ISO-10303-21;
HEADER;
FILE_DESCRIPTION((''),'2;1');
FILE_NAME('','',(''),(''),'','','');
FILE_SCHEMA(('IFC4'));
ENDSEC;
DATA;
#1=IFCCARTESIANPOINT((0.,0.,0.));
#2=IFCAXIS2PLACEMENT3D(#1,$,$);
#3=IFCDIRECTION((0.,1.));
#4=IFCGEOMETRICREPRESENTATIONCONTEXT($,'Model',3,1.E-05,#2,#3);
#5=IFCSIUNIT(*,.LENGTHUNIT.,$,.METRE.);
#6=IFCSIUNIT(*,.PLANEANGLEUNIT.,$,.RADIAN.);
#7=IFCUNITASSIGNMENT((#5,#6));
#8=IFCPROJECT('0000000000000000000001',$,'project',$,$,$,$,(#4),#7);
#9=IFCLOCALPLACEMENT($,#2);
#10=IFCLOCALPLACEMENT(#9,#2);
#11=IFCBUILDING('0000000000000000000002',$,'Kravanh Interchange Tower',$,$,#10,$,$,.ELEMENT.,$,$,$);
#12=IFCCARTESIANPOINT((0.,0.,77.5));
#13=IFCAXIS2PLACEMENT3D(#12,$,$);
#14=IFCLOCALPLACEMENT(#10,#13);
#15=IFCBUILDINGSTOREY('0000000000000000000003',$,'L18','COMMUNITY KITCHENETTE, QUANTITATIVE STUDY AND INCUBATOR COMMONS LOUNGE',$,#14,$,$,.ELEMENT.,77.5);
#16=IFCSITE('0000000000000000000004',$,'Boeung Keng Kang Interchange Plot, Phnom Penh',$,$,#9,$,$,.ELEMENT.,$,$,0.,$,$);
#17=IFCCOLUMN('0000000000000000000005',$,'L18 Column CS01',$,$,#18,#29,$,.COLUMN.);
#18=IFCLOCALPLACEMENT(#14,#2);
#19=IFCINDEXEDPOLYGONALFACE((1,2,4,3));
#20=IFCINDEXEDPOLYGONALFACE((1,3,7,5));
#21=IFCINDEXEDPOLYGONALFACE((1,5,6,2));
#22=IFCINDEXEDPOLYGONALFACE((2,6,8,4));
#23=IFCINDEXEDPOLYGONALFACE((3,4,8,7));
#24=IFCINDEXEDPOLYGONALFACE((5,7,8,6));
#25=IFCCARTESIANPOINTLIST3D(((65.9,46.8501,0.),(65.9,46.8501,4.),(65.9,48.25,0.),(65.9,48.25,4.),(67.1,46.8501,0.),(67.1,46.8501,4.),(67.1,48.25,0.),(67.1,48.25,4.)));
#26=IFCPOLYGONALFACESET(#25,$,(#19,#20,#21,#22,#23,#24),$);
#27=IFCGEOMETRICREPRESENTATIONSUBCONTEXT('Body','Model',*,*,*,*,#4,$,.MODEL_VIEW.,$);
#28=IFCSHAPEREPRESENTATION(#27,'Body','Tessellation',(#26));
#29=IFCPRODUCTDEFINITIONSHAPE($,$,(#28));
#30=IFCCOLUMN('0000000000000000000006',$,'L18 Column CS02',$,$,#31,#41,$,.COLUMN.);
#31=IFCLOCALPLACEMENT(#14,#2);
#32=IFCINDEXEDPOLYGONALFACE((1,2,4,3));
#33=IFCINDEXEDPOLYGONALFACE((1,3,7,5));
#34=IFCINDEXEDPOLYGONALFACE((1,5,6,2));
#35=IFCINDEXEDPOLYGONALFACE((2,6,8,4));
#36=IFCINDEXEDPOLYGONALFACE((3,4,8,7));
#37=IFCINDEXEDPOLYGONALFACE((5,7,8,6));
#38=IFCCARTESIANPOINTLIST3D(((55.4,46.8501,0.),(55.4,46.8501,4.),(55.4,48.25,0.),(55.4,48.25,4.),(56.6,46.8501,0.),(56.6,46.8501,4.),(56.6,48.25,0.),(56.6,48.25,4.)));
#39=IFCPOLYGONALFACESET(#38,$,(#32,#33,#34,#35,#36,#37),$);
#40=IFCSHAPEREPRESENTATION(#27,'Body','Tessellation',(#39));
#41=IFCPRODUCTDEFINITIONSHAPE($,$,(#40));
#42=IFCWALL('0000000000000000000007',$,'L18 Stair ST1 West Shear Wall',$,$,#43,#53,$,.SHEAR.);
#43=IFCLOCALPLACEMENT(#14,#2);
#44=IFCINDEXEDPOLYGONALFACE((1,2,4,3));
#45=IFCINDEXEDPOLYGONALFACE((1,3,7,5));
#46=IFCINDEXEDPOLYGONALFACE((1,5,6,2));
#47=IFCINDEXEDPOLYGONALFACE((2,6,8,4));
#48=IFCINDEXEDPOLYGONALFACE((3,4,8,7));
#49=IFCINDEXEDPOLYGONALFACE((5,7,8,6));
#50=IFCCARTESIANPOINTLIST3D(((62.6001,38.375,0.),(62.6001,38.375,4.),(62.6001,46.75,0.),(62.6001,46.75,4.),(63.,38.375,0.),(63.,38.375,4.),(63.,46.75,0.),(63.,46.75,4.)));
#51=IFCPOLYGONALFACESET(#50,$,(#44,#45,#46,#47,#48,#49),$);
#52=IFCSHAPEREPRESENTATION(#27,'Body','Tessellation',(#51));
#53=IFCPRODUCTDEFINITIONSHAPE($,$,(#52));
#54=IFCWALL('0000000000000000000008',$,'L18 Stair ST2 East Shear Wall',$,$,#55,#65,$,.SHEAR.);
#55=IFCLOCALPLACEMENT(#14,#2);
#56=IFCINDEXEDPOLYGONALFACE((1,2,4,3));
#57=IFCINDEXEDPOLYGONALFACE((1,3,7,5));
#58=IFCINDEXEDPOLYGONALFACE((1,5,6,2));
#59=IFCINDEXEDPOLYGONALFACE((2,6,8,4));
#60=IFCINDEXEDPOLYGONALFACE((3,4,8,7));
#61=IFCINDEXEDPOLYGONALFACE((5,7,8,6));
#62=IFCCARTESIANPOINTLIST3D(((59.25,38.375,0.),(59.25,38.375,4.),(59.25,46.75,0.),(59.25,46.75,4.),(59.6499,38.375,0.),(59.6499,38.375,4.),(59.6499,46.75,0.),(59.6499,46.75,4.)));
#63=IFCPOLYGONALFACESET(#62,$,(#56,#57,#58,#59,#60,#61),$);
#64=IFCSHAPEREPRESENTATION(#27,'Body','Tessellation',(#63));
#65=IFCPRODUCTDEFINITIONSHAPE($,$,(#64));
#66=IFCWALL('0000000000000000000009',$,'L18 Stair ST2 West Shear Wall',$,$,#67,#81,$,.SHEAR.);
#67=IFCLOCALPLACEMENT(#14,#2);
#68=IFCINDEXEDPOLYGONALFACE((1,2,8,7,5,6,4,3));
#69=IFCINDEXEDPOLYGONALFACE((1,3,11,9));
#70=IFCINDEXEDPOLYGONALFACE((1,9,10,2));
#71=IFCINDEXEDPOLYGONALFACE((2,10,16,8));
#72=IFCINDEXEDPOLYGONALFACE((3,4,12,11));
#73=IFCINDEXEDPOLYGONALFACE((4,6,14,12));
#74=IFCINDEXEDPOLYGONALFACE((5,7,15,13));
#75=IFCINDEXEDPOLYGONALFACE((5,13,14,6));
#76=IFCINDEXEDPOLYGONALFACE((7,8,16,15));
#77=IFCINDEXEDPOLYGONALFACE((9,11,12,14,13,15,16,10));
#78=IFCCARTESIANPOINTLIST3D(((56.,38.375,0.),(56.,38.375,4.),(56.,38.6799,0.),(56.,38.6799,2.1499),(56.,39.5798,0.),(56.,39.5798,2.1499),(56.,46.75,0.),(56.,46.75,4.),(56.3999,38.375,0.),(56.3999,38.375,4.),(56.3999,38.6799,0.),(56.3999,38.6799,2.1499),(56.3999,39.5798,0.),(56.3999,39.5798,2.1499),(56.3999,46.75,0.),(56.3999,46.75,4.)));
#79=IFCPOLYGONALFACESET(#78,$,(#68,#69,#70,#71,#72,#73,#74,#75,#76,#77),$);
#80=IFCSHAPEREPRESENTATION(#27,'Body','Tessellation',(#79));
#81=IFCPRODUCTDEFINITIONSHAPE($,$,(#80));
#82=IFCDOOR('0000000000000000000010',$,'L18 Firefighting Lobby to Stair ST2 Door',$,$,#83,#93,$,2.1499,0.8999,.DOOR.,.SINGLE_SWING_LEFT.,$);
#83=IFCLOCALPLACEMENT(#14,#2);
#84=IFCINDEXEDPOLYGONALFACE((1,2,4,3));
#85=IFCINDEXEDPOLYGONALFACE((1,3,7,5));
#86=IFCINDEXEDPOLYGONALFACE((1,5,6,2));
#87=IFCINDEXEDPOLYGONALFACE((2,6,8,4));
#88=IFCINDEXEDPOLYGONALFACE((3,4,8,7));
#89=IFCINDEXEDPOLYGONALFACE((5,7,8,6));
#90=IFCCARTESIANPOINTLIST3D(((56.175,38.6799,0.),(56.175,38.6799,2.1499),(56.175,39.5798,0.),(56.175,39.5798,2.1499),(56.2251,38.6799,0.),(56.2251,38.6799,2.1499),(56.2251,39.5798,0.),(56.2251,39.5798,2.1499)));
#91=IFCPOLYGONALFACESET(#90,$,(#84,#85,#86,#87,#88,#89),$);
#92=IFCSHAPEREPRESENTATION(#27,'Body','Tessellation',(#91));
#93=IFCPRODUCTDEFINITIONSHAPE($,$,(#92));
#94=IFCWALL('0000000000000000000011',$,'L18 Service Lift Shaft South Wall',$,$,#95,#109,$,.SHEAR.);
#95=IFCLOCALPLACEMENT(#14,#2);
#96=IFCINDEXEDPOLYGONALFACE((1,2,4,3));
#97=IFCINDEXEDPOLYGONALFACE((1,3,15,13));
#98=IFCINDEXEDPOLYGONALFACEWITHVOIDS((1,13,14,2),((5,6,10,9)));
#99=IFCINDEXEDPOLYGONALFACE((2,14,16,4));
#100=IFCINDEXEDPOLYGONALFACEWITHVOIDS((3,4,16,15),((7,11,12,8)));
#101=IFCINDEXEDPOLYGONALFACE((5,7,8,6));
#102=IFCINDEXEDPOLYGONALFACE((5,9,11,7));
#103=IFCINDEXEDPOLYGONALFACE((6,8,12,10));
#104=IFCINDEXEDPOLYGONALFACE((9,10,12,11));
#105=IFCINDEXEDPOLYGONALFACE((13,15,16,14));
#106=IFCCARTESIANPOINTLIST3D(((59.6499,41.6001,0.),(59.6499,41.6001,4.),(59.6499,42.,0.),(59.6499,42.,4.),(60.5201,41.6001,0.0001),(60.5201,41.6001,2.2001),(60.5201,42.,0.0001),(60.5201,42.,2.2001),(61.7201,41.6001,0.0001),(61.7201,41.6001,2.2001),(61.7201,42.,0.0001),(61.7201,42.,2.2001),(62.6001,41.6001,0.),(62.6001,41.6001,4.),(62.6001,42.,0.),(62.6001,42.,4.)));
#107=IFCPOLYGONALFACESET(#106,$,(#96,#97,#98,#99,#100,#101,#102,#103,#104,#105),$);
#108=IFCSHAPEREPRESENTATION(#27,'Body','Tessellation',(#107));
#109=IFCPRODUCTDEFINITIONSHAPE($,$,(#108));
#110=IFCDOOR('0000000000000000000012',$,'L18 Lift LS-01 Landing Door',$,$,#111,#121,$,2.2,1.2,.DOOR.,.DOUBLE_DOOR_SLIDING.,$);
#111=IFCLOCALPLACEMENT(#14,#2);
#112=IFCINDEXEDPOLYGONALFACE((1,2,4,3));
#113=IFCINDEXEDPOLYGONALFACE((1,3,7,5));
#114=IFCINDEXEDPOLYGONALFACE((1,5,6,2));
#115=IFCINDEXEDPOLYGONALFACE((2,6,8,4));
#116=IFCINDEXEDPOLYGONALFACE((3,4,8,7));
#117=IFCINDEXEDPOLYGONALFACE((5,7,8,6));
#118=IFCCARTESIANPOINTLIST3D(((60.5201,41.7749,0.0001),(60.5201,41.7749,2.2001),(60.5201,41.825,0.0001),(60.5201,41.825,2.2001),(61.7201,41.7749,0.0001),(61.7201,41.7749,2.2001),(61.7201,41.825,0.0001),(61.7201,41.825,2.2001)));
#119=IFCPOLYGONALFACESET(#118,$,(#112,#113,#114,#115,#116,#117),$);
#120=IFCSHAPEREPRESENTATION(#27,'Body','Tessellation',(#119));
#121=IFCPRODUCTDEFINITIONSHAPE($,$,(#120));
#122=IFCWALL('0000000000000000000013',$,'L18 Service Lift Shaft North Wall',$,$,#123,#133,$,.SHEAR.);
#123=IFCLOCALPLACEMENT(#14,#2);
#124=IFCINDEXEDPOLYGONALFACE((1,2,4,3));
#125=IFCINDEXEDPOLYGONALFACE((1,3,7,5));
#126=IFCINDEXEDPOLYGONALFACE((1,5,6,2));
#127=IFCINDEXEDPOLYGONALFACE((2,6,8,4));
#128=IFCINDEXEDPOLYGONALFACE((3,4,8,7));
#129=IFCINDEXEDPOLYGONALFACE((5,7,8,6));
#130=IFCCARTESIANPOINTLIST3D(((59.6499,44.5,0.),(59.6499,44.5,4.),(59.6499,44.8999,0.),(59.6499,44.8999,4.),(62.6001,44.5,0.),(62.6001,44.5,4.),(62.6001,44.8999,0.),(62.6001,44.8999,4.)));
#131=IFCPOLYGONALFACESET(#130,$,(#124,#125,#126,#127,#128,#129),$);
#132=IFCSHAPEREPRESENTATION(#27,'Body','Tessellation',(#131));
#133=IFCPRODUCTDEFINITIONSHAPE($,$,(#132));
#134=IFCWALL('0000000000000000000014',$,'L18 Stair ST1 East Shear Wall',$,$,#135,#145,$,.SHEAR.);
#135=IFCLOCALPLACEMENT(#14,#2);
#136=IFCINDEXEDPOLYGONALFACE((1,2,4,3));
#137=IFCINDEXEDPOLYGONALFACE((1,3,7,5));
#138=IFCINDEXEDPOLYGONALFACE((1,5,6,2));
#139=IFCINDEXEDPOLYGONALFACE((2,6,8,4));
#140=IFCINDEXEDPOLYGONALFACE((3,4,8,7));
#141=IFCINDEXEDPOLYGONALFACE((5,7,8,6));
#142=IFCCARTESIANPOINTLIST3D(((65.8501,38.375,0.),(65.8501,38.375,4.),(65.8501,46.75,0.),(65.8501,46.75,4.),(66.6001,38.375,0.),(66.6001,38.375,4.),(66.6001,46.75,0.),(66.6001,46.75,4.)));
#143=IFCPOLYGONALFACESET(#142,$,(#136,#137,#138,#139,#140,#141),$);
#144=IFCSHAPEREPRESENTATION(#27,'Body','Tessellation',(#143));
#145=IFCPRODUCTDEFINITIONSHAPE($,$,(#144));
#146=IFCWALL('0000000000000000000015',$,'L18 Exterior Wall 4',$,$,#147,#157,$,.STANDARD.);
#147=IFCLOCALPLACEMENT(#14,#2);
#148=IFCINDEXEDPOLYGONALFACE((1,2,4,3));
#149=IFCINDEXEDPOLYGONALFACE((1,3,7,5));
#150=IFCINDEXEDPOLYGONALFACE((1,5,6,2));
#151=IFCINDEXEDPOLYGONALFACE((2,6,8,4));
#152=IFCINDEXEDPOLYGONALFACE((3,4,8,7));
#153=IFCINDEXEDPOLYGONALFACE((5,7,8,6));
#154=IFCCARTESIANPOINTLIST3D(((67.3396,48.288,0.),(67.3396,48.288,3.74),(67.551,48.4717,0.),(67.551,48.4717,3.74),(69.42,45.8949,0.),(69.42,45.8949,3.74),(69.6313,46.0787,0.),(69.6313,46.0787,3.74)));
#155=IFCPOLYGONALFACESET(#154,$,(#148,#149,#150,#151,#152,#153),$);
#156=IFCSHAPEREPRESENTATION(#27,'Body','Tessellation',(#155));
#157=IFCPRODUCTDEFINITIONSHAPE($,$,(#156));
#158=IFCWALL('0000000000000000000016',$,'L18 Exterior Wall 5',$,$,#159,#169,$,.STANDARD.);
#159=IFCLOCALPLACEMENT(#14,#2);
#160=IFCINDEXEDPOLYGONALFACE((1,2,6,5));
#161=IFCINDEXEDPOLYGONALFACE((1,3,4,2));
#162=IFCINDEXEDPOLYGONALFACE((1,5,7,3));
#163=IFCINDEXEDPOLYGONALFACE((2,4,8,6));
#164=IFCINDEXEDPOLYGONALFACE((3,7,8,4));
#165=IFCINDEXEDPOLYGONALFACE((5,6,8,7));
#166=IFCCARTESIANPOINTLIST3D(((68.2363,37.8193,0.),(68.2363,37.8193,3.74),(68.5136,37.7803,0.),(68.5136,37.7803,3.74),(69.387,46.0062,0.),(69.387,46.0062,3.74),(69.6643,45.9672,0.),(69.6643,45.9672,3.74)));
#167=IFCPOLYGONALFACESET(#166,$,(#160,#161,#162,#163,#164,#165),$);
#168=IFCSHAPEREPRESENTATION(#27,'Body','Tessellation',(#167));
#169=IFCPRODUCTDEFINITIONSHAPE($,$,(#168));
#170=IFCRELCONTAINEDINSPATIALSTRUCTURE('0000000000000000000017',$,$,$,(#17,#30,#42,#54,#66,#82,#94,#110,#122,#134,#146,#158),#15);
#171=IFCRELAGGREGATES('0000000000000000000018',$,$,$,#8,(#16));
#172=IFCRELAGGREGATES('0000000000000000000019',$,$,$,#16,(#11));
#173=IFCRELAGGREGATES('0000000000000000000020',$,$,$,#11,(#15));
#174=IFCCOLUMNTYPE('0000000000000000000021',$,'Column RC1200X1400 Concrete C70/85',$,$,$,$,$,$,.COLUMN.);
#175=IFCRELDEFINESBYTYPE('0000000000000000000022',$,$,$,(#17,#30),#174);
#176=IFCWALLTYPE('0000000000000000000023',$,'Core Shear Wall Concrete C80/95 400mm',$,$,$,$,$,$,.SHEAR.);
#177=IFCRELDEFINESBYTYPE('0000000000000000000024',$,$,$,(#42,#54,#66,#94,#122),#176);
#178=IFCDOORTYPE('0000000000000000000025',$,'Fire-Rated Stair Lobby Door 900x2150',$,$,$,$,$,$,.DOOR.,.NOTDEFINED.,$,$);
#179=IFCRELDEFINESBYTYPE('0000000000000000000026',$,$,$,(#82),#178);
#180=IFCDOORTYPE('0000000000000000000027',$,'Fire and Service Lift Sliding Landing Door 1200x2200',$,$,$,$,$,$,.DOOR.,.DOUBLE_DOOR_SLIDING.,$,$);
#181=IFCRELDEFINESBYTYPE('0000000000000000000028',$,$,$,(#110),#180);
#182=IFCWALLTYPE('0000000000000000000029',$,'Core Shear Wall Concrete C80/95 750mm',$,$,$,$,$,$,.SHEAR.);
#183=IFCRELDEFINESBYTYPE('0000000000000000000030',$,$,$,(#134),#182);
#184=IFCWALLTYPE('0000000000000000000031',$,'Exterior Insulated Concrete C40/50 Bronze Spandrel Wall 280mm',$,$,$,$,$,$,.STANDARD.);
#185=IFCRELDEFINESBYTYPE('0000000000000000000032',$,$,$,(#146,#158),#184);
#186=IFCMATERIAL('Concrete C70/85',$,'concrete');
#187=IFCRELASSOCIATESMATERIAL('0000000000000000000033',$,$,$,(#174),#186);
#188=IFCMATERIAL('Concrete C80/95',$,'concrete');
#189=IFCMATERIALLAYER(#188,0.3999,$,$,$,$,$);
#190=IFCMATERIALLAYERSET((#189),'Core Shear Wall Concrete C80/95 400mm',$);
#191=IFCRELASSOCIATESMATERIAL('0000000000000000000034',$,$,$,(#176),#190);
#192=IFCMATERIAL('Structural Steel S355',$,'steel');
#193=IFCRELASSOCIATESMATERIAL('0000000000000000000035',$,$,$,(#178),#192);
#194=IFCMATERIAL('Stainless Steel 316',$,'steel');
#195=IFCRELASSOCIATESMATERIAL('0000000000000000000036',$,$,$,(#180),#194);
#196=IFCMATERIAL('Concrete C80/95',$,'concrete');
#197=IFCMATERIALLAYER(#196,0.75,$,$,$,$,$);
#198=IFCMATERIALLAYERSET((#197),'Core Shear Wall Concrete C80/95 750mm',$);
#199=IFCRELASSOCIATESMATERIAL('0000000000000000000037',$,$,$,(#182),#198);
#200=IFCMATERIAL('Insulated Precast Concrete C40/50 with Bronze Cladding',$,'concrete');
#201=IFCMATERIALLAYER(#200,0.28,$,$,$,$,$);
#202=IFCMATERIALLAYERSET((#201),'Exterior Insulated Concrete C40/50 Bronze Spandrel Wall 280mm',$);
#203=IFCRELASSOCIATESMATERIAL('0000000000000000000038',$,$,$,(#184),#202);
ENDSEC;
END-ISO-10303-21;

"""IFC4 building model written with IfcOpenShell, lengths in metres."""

from ifc_helpers import new_model, si_unit, direction, frame, frame_2d, origin, origin_2d, place, context, subcontext, project, spatial, rectangle, extrude, material, layer, layer_set, material_profile, profile_set, type_object, element, fill, save


model = new_model("IFC4")

# Units and contexts
model_context = context("Model", 3, precision=1e-05, world=origin(), true_north=direction((0.0, 1.0)))
body_context = subcontext(model_context, "Body", "Model", "MODEL_VIEW")
ifc_project = project(units=[si_unit("LENGTHUNIT", "METRE"), si_unit("PLANEANGLEUNIT", "RADIAN")], contexts=[model_context])

# Site, building, storey
site_placement = place(None, origin())
site = spatial("IfcSite", under=ifc_project, at=site_placement, Name="Boeung Keng Kang Interchange Plot, Phnom Penh", CompositionType="ELEMENT", RefElevation=0.0)
building_placement = place(site_placement, origin())
building = spatial("IfcBuilding", under=site, at=building_placement, Name="Kravanh Interchange Tower", CompositionType="ELEMENT")
storey_placement = place(building_placement, frame((0.0, 0.0, 77.5)))
storey = spatial("IfcBuildingStorey", under=building, at=storey_placement, Name="L18", Description="COMMUNITY KITCHENETTE, QUANTITATIVE STUDY AND INCUBATOR COMMONS LOUNGE", CompositionType="ELEMENT", Elevation=77.5)

# Columns
ifc_material_1 = material(Name="Concrete C70/85", Category="concrete")
ifc_material_profile = material_profile(ifc_material_1, rectangle(XDim=1.2, YDim=1.3999, at=origin_2d()), Name="RC1200X1400")
ifc_profile_set = profile_set([ifc_material_profile], Name="Concrete C70/85")
column_type = type_object("IfcColumnType", Name="Column RC1200X1400 Concrete C70/85", PredefinedType="COLUMN", material=ifc_profile_set)
for number, where, z_axis, x_axis, name in (
    (1, (66.5, 47.55, 0.0), (0.0, 0.0, 1.0), (1.0, 0.0, 0.0), "L18 Column CS01"),
    (2, (56.0, 47.55, 0.0), (0.0, 0.0, 1.0), (1.0, 0.0, 0.0), "L18 Column CS02"),
):
    element("IfcColumn", number, at=place(storey_placement, frame(where, z_axis=z_axis, x_axis=x_axis)), inside=storey, type_object=column_type, Name=name, PredefinedType="COLUMN", context=body_context, shape_type="SweptSolid", body=[
        extrude(rectangle(XDim=1.2, YDim=1.3999, at=origin_2d()), origin(), (0.0, 0.0, 1.0), 4.0),
    ])

# Walls
ifc_material_2 = material(Name="Concrete C80/95", Category="concrete")
ifc_layer_1 = layer(ifc_material_2, 0.3999)
ifc_layer_set_1 = layer_set([ifc_layer_1], Name="Core Shear Wall Concrete C80/95 400mm")
wall_type_1 = type_object("IfcWallType", Name="Core Shear Wall Concrete C80/95 400mm", PredefinedType="SHEAR", material=ifc_layer_set_1)
for number, where, z_axis, x_axis, name in (
    (3, (62.8, 38.375, 0.0), (0.0, 0.0, 1.0), (0.0, 1.0, 0.0), "L18 Stair ST1 West Shear Wall"),
    (4, (59.45, 38.375, 0.0), (0.0, 0.0, 1.0), (0.0, 1.0, 0.0), "L18 Stair ST2 East Shear Wall"),
):
    element("IfcWall", number, at=place(storey_placement, frame(where, z_axis=z_axis, x_axis=x_axis)), inside=storey, type_object=wall_type_1, Name=name, PredefinedType="SHEAR", context=body_context, shape_type="SweptSolid", body=[
        extrude(rectangle(XDim=8.375, YDim=0.3999, at=frame_2d((4.1875, 0.0))), origin(), (0.0, 0.0, 1.0), 4.0),
    ])

# Walls, openings, doors
wall_1_placement = place(storey_placement, frame((56.2, 38.375, 0.0), z_axis=(0.0, 0.0, 1.0), x_axis=(0.0, 1.0, 0.0)))
wall_1 = element("IfcWall", 5, at=wall_1_placement, inside=storey, type_object=wall_type_1, Name="L18 Stair ST2 West Shear Wall", PredefinedType="SHEAR", context=body_context, shape_type="SweptSolid", body=[
    extrude(rectangle(XDim=8.375, YDim=0.3999, at=frame_2d((4.1875, 0.0))), origin(), (0.0, 0.0, 1.0), 4.0),
])
opening_1_placement = place(wall_1_placement, frame((0.3049, 0.0, 0.0)))
opening_1 = element("IfcOpeningElement", 6, at=opening_1_placement, cuts=wall_1, PredefinedType="OPENING", context=body_context, shape_type="SweptSolid", body=[
    extrude(rectangle(XDim=0.8999, YDim=2.1499, at=frame_2d((0.45, 1.075))), frame((0.0, 0.21, 0.0), z_axis=(0.0, -1.0, 0.0), x_axis=(1.0, 0.0, 0.0)), (0.0, 0.0, 1.0), 0.4199),
])
ifc_material_3 = material(Name="Structural Steel S355", Category="steel")
door_type_1 = type_object("IfcDoorType", Name="Fire-Rated Stair Lobby Door 900x2150", OperationType="NOTDEFINED", PredefinedType="DOOR", material=ifc_material_3)
door_1_placement = place(opening_1_placement, origin())
door_1 = element("IfcDoor", 7, at=door_1_placement, inside=storey, type_object=door_type_1, Name="L18 Firefighting Lobby to Stair ST2 Door", OperationType="SINGLE_SWING_LEFT", OverallHeight=2.1499, OverallWidth=0.8999, PredefinedType="DOOR", context=body_context, shape_type="SweptSolid", body=[
    extrude(rectangle(XDim=0.8999, YDim=2.1499, at=frame_2d((0.45, 1.075))), frame((0.0, 0.0249, 0.0), z_axis=(0.0, -1.0, 0.0), x_axis=(1.0, 0.0, 0.0)), (0.0, 0.0, 1.0), 0.05),
])
fill(opening_1, door_1)
wall_2_placement = place(storey_placement, frame((59.6499, 41.8, 0.0), z_axis=(0.0, 0.0, 1.0), x_axis=(1.0, 0.0, 0.0)))
wall_2 = element("IfcWall", 8, at=wall_2_placement, inside=storey, type_object=wall_type_1, Name="L18 Service Lift Shaft South Wall", PredefinedType="SHEAR", context=body_context, shape_type="SweptSolid", body=[
    extrude(rectangle(XDim=2.9502, YDim=0.3999, at=frame_2d((1.4751, 0.0))), origin(), (0.0, 0.0, 1.0), 4.0),
])
opening_2_placement = place(wall_2_placement, frame((0.8701, 0.0, 0.0)))
opening_2 = element("IfcOpeningElement", 9, at=opening_2_placement, cuts=wall_2, PredefinedType="OPENING", context=body_context, shape_type="SweptSolid", body=[
    extrude(rectangle(XDim=1.2, YDim=2.2, at=frame_2d((0.6001, 1.1001))), frame((0.0, 0.21, 0.0), z_axis=(0.0, -1.0, 0.0), x_axis=(1.0, 0.0, 0.0)), (0.0, 0.0, 1.0), 0.4199),
])
ifc_material_4 = material(Name="Stainless Steel 316", Category="steel")
door_type_2 = type_object("IfcDoorType", Name="Fire and Service Lift Sliding Landing Door 1200x2200", OperationType="DOUBLE_DOOR_SLIDING", PredefinedType="DOOR", material=ifc_material_4)
door_2_placement = place(opening_2_placement, origin())
door_2 = element("IfcDoor", 10, at=door_2_placement, inside=storey, type_object=door_type_2, Name="L18 Lift LS-01 Landing Door", OperationType="DOUBLE_DOOR_SLIDING", OverallHeight=2.2, OverallWidth=1.2, PredefinedType="DOOR", context=body_context, shape_type="SweptSolid", body=[
    extrude(rectangle(XDim=1.2, YDim=2.2, at=frame_2d((0.6001, 1.1001))), frame((0.0, 0.0249, 0.0), z_axis=(0.0, -1.0, 0.0), x_axis=(1.0, 0.0, 0.0)), (0.0, 0.0, 1.0), 0.05),
])
fill(opening_2, door_2)

# Walls
wall_3_placement = place(storey_placement, frame((59.6499, 44.7, 0.0), z_axis=(0.0, 0.0, 1.0), x_axis=(1.0, 0.0, 0.0)))
element("IfcWall", 11, at=wall_3_placement, inside=storey, type_object=wall_type_1, Name="L18 Service Lift Shaft North Wall", PredefinedType="SHEAR", context=body_context, shape_type="SweptSolid", body=[
    extrude(rectangle(XDim=2.9502, YDim=0.3999, at=frame_2d((1.4751, 0.0))), origin(), (0.0, 0.0, 1.0), 4.0),
])
ifc_material_5 = material(Name="Concrete C80/95", Category="concrete")
ifc_layer_2 = layer(ifc_material_5, 0.75)
ifc_layer_set_2 = layer_set([ifc_layer_2], Name="Core Shear Wall Concrete C80/95 750mm")
wall_type_2 = type_object("IfcWallType", Name="Core Shear Wall Concrete C80/95 750mm", PredefinedType="SHEAR", material=ifc_layer_set_2)
wall_4_placement = place(storey_placement, frame((66.2251, 38.375, 0.0), z_axis=(0.0, 0.0, 1.0), x_axis=(0.0, 1.0, 0.0)))
element("IfcWall", 12, at=wall_4_placement, inside=storey, type_object=wall_type_2, Name="L18 Stair ST1 East Shear Wall", PredefinedType="SHEAR", context=body_context, shape_type="SweptSolid", body=[
    extrude(rectangle(XDim=8.375, YDim=0.75, at=frame_2d((4.1875, 0.0))), origin(), (0.0, 0.0, 1.0), 4.0),
])
ifc_material_6 = material(Name="Insulated Precast Concrete C40/50 with Bronze Cladding", Category="concrete")
ifc_layer_3 = layer(ifc_material_6, 0.28)
ifc_layer_set_3 = layer_set([ifc_layer_3], Name="Exterior Insulated Concrete C40/50 Bronze Spandrel Wall 280mm")
wall_type_3 = type_object("IfcWallType", Name="Exterior Insulated Concrete C40/50 Bronze Spandrel Wall 280mm", PredefinedType="STANDARD", material=ifc_layer_set_3)
wall_5_placement = place(storey_placement, frame((67.4453, 48.3799, 0.0), z_axis=(0.0, 0.0, 1.0), x_axis=(0.65607, -0.7547, 0.0)))
element("IfcWall", 13, at=wall_5_placement, inside=storey, type_object=wall_type_3, Name="L18 Exterior Wall 4", PredefinedType="STANDARD", context=body_context, shape_type="SweptSolid", body=[
    extrude(rectangle(XDim=3.1709, YDim=0.28, at=frame_2d((1.5854, 0.0))), origin(), (0.0, 0.0, 1.0), 3.74),
])
wall_6_placement = place(storey_placement, frame((69.5256, 45.9868, 0.0), z_axis=(0.0, 0.0, 1.0), x_axis=(-0.13918, -0.990267, 0.0)))
element("IfcWall", 14, at=wall_6_placement, inside=storey, type_object=wall_type_3, Name="L18 Exterior Wall 5", PredefinedType="STANDARD", context=body_context, shape_type="SweptSolid", body=[
    extrude(rectangle(XDim=8.2673, YDim=0.28, at=frame_2d((4.1338, 0.0))), origin(), (0.0, 0.0, 1.0), 3.74),
])

save(model, "model.ifc")
